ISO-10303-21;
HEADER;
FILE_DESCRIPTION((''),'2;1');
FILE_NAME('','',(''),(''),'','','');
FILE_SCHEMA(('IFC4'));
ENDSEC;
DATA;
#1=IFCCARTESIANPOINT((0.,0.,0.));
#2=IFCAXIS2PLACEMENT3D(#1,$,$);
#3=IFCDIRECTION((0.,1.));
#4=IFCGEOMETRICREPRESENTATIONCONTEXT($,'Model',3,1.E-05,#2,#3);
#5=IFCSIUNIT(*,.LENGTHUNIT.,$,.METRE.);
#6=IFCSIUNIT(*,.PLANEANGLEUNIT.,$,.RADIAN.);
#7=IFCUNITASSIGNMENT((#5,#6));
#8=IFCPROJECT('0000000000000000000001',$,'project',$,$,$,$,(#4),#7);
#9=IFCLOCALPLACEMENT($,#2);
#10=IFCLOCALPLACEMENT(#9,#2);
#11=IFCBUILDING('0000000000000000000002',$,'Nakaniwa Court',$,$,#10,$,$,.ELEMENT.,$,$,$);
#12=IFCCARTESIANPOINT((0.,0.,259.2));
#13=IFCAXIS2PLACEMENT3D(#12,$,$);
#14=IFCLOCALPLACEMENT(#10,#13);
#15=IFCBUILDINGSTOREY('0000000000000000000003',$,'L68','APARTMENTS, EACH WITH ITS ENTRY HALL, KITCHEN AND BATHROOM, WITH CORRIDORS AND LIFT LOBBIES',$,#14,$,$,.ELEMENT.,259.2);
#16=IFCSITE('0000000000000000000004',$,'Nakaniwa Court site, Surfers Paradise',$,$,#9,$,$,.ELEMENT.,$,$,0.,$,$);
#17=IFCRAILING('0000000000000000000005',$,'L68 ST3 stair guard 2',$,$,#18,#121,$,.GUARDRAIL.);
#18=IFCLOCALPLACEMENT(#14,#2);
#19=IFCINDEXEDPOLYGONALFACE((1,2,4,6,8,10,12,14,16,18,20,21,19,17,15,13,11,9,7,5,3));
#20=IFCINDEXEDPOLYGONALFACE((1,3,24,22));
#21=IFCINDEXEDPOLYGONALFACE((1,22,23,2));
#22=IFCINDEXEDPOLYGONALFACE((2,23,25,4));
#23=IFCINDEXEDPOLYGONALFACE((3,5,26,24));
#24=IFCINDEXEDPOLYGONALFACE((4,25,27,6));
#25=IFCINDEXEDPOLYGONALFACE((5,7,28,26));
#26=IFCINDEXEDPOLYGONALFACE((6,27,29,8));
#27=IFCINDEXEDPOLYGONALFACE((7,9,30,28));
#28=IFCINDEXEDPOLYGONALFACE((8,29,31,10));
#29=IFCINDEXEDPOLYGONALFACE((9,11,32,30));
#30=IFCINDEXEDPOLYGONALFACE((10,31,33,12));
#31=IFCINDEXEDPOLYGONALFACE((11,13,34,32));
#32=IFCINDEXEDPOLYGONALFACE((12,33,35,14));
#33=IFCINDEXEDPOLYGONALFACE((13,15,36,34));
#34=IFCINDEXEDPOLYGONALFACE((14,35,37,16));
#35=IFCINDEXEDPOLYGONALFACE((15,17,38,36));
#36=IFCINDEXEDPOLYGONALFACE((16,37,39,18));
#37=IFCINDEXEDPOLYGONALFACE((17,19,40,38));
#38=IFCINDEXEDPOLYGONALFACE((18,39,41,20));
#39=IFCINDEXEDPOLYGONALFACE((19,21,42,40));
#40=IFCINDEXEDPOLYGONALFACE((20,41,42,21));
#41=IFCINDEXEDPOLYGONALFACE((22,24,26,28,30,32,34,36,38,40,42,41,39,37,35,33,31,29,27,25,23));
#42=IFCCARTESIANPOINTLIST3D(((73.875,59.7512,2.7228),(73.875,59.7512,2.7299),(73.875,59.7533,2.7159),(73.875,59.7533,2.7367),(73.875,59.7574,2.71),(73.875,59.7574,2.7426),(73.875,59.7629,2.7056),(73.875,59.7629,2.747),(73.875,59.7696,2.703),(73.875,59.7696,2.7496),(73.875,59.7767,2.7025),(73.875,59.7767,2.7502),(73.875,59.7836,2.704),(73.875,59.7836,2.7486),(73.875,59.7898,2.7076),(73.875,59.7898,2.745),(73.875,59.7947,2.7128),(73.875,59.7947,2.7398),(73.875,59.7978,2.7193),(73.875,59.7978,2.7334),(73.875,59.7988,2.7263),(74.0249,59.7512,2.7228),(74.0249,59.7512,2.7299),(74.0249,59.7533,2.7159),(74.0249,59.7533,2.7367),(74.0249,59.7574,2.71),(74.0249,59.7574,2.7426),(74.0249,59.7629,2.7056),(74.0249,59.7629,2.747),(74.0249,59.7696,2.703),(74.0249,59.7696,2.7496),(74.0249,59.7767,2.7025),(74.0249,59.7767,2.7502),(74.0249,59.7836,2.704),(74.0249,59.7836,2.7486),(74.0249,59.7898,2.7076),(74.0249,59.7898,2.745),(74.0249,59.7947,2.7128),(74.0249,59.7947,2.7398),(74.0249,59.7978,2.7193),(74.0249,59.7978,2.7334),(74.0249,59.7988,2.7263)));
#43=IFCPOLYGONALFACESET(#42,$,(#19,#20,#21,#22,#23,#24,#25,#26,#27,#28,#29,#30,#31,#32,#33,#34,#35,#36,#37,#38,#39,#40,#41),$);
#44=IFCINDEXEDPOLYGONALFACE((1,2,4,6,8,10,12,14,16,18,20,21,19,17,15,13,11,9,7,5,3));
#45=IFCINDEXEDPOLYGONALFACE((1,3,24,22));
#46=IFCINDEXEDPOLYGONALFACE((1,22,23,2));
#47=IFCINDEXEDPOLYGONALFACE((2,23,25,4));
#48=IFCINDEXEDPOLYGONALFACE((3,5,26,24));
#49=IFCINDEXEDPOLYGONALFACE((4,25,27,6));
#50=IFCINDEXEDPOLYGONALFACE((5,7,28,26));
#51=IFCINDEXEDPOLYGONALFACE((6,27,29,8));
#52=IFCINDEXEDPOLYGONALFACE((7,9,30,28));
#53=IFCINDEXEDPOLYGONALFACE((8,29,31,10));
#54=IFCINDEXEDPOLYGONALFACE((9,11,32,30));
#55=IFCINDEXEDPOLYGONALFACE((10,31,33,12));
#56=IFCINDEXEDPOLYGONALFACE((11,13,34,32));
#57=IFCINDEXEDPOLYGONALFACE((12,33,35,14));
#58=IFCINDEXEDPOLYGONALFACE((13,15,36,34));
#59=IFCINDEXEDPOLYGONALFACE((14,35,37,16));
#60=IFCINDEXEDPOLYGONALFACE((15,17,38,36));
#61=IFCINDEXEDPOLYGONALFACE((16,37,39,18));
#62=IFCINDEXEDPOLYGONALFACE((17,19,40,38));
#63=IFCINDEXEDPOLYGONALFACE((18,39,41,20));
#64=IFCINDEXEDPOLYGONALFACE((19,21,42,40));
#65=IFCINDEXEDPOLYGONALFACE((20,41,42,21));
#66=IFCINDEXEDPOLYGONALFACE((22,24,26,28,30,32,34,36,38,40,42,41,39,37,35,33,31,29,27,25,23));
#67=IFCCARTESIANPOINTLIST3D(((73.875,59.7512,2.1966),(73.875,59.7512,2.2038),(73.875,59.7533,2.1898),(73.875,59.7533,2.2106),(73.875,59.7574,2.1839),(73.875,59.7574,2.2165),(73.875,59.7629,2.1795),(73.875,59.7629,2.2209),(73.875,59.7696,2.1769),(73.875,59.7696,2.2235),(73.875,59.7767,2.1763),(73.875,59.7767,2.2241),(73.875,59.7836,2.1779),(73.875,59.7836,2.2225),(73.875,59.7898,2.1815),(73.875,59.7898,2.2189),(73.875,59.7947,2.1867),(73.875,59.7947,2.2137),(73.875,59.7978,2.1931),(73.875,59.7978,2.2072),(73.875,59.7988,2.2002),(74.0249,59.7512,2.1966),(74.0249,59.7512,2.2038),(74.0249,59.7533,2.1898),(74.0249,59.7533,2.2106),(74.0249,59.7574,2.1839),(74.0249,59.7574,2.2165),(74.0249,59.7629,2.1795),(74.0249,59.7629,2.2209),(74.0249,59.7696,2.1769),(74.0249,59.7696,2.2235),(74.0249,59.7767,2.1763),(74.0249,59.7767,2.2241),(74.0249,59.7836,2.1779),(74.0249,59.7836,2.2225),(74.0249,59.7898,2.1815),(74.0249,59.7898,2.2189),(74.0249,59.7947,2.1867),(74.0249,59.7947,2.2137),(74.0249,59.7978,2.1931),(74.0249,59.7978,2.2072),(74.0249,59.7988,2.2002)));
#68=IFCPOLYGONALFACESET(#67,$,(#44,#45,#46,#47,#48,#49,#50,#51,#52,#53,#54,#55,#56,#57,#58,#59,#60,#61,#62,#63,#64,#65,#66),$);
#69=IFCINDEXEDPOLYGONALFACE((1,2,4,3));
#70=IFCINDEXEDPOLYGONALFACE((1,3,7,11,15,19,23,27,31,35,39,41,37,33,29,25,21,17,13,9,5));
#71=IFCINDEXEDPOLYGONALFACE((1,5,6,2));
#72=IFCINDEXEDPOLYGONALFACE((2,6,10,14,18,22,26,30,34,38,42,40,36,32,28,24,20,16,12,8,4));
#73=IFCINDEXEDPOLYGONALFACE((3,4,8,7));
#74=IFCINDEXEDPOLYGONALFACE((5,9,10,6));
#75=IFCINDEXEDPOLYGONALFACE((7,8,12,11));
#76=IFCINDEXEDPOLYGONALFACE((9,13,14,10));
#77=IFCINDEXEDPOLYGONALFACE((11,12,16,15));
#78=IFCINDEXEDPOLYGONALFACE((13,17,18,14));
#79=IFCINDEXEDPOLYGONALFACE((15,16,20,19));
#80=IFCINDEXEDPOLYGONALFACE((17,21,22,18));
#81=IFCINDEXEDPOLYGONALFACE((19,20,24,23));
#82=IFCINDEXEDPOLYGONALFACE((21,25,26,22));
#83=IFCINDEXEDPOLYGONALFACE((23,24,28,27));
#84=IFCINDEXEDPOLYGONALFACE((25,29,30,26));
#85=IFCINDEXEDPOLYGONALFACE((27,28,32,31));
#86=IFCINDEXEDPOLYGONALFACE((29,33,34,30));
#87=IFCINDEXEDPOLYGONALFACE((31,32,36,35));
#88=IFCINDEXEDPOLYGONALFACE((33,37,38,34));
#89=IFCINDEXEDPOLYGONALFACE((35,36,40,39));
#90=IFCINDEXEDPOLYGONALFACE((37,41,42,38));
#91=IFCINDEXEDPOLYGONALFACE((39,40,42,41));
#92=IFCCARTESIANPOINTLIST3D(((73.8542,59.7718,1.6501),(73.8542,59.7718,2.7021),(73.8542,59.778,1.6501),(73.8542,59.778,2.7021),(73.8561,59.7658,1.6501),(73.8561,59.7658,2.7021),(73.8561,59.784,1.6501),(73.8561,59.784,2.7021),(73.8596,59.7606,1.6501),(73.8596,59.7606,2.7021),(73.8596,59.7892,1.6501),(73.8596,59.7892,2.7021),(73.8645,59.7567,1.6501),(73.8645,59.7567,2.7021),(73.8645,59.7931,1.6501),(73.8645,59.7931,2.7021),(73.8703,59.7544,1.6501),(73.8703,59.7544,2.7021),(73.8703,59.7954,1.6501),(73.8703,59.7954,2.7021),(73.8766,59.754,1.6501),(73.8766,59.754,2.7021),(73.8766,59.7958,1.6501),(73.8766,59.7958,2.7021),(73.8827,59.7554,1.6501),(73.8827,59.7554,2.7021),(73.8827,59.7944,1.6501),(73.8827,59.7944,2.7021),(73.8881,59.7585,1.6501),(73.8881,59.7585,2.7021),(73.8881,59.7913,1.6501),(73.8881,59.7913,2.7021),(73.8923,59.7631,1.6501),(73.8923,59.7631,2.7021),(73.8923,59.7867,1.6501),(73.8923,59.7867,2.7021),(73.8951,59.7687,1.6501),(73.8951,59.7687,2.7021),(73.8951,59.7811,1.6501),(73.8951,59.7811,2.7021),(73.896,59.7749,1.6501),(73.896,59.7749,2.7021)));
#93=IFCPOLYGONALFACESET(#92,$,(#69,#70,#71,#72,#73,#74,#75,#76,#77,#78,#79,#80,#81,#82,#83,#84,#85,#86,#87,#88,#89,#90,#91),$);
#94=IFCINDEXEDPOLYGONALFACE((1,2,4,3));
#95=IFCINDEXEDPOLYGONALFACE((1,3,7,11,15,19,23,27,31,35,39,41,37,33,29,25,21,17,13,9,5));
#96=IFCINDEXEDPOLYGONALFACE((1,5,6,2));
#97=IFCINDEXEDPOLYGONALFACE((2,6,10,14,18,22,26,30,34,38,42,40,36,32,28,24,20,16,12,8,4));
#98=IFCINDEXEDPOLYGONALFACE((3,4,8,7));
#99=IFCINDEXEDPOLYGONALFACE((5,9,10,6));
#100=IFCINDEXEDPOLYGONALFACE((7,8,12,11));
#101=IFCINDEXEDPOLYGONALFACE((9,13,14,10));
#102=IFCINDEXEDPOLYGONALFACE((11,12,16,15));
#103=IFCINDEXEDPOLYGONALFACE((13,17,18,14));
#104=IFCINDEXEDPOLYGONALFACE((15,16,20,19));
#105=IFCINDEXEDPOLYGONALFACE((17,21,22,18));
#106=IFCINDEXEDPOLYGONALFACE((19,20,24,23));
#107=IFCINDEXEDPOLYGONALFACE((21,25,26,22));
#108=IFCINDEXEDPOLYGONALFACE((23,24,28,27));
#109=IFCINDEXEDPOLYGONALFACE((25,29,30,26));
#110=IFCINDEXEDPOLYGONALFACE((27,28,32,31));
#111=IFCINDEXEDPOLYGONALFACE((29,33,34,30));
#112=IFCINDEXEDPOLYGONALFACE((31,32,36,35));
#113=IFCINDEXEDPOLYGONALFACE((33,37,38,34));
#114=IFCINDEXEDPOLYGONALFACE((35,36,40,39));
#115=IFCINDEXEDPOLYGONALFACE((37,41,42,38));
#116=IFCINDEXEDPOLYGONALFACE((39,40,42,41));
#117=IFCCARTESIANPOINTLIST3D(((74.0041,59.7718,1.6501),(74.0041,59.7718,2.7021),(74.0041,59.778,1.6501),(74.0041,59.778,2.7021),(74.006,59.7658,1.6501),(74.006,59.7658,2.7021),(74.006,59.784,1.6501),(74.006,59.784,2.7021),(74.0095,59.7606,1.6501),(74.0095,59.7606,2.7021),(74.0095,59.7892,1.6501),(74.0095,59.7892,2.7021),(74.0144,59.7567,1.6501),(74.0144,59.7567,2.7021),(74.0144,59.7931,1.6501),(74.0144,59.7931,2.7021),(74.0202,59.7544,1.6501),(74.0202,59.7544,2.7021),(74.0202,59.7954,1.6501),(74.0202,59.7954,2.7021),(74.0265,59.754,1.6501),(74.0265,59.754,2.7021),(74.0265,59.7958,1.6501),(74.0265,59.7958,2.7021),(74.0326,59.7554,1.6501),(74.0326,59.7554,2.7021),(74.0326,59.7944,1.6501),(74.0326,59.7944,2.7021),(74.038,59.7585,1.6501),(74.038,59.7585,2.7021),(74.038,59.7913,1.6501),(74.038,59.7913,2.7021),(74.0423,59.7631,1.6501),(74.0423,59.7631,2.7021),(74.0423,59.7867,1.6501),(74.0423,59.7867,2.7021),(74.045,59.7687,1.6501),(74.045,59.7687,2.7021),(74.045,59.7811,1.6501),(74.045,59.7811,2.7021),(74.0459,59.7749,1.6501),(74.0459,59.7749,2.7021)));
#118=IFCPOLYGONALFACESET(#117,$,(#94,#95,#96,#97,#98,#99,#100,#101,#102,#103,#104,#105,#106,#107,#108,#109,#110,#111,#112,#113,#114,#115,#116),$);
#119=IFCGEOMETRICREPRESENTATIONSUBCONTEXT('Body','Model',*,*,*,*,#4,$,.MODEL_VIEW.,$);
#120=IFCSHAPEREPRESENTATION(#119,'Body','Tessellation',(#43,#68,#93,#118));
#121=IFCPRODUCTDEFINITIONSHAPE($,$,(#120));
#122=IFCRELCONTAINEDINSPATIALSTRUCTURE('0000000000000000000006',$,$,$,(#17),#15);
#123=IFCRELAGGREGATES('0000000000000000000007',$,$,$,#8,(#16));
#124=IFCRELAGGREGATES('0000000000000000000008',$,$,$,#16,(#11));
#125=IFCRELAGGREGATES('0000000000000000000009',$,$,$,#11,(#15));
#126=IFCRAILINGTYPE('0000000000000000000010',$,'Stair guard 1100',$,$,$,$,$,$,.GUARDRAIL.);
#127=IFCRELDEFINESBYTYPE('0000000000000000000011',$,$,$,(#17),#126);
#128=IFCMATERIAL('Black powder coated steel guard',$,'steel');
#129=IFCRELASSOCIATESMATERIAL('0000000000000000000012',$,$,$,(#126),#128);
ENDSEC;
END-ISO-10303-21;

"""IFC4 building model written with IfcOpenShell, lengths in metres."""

from ifc_helpers import new_model, si_unit, direction, frame, origin, origin_2d, place, context, subcontext, project, spatial, circle, extrude, material, type_object, element, save


model = new_model("IFC4")

# Units and contexts
model_context = context("Model", 3, precision=1e-05, world=origin(), true_north=direction((0.0, 1.0)))
body_context = subcontext(model_context, "Body", "Model", "MODEL_VIEW")
ifc_project = project(units=[si_unit("LENGTHUNIT", "METRE"), si_unit("PLANEANGLEUNIT", "RADIAN")], contexts=[model_context])

# Site, building, storey
site_placement = place(None, origin())
site = spatial("IfcSite", under=ifc_project, at=site_placement, Name="Nakaniwa Court site, Surfers Paradise", CompositionType="ELEMENT", RefElevation=0.0)
building_placement = place(site_placement, origin())
building = spatial("IfcBuilding", under=site, at=building_placement, Name="Nakaniwa Court", CompositionType="ELEMENT")
storey_placement = place(building_placement, frame((0.0, 0.0, 259.2)))
storey = spatial("IfcBuildingStorey", under=building, at=storey_placement, Name="L68", Description="APARTMENTS, EACH WITH ITS ENTRY HALL, KITCHEN AND BATHROOM, WITH CORRIDORS AND LIFT LOBBIES", CompositionType="ELEMENT", Elevation=259.2)

# Railing
ifc_material_1 = material(Name="Black powder coated steel guard", Category="steel")
railing_type_1 = type_object("IfcRailingType", Name="Stair guard 1100", PredefinedType="GUARDRAIL", material=ifc_material_1)
railing_1_placement = place(storey_placement, frame((73.875, 59.7749, 1.6501)))
element("IfcRailing", 1, at=railing_1_placement, inside=storey, type_object=railing_type_1, Name="L68 ST3 stair guard 2", PredefinedType="GUARDRAIL", context=body_context, shape_type="SweptSolid", body=[
    extrude(circle(Radius=0.0239, at=origin_2d()), frame((0.0, 0.0, 1.0762), z_axis=(1.0, 0.0, 0.0), x_axis=(0.0, 1.0, 0.0)), (0.0, 0.0, 1.0), 0.1499),
    extrude(circle(Radius=0.0239, at=origin_2d()), frame((0.0, 0.0, 0.55), z_axis=(1.0, 0.0, 0.0), x_axis=(0.0, 1.0, 0.0)), (0.0, 0.0, 1.0), 0.1499),
    extrude(circle(Radius=0.021, at=origin_2d()), origin(), (0.0, 0.0, 1.0), 1.052),
    extrude(circle(Radius=0.021, at=origin_2d()), frame((0.1499, 0.0, 0.0)), (0.0, 0.0, 1.0), 1.052),
])

save(model, "model.ifc")
